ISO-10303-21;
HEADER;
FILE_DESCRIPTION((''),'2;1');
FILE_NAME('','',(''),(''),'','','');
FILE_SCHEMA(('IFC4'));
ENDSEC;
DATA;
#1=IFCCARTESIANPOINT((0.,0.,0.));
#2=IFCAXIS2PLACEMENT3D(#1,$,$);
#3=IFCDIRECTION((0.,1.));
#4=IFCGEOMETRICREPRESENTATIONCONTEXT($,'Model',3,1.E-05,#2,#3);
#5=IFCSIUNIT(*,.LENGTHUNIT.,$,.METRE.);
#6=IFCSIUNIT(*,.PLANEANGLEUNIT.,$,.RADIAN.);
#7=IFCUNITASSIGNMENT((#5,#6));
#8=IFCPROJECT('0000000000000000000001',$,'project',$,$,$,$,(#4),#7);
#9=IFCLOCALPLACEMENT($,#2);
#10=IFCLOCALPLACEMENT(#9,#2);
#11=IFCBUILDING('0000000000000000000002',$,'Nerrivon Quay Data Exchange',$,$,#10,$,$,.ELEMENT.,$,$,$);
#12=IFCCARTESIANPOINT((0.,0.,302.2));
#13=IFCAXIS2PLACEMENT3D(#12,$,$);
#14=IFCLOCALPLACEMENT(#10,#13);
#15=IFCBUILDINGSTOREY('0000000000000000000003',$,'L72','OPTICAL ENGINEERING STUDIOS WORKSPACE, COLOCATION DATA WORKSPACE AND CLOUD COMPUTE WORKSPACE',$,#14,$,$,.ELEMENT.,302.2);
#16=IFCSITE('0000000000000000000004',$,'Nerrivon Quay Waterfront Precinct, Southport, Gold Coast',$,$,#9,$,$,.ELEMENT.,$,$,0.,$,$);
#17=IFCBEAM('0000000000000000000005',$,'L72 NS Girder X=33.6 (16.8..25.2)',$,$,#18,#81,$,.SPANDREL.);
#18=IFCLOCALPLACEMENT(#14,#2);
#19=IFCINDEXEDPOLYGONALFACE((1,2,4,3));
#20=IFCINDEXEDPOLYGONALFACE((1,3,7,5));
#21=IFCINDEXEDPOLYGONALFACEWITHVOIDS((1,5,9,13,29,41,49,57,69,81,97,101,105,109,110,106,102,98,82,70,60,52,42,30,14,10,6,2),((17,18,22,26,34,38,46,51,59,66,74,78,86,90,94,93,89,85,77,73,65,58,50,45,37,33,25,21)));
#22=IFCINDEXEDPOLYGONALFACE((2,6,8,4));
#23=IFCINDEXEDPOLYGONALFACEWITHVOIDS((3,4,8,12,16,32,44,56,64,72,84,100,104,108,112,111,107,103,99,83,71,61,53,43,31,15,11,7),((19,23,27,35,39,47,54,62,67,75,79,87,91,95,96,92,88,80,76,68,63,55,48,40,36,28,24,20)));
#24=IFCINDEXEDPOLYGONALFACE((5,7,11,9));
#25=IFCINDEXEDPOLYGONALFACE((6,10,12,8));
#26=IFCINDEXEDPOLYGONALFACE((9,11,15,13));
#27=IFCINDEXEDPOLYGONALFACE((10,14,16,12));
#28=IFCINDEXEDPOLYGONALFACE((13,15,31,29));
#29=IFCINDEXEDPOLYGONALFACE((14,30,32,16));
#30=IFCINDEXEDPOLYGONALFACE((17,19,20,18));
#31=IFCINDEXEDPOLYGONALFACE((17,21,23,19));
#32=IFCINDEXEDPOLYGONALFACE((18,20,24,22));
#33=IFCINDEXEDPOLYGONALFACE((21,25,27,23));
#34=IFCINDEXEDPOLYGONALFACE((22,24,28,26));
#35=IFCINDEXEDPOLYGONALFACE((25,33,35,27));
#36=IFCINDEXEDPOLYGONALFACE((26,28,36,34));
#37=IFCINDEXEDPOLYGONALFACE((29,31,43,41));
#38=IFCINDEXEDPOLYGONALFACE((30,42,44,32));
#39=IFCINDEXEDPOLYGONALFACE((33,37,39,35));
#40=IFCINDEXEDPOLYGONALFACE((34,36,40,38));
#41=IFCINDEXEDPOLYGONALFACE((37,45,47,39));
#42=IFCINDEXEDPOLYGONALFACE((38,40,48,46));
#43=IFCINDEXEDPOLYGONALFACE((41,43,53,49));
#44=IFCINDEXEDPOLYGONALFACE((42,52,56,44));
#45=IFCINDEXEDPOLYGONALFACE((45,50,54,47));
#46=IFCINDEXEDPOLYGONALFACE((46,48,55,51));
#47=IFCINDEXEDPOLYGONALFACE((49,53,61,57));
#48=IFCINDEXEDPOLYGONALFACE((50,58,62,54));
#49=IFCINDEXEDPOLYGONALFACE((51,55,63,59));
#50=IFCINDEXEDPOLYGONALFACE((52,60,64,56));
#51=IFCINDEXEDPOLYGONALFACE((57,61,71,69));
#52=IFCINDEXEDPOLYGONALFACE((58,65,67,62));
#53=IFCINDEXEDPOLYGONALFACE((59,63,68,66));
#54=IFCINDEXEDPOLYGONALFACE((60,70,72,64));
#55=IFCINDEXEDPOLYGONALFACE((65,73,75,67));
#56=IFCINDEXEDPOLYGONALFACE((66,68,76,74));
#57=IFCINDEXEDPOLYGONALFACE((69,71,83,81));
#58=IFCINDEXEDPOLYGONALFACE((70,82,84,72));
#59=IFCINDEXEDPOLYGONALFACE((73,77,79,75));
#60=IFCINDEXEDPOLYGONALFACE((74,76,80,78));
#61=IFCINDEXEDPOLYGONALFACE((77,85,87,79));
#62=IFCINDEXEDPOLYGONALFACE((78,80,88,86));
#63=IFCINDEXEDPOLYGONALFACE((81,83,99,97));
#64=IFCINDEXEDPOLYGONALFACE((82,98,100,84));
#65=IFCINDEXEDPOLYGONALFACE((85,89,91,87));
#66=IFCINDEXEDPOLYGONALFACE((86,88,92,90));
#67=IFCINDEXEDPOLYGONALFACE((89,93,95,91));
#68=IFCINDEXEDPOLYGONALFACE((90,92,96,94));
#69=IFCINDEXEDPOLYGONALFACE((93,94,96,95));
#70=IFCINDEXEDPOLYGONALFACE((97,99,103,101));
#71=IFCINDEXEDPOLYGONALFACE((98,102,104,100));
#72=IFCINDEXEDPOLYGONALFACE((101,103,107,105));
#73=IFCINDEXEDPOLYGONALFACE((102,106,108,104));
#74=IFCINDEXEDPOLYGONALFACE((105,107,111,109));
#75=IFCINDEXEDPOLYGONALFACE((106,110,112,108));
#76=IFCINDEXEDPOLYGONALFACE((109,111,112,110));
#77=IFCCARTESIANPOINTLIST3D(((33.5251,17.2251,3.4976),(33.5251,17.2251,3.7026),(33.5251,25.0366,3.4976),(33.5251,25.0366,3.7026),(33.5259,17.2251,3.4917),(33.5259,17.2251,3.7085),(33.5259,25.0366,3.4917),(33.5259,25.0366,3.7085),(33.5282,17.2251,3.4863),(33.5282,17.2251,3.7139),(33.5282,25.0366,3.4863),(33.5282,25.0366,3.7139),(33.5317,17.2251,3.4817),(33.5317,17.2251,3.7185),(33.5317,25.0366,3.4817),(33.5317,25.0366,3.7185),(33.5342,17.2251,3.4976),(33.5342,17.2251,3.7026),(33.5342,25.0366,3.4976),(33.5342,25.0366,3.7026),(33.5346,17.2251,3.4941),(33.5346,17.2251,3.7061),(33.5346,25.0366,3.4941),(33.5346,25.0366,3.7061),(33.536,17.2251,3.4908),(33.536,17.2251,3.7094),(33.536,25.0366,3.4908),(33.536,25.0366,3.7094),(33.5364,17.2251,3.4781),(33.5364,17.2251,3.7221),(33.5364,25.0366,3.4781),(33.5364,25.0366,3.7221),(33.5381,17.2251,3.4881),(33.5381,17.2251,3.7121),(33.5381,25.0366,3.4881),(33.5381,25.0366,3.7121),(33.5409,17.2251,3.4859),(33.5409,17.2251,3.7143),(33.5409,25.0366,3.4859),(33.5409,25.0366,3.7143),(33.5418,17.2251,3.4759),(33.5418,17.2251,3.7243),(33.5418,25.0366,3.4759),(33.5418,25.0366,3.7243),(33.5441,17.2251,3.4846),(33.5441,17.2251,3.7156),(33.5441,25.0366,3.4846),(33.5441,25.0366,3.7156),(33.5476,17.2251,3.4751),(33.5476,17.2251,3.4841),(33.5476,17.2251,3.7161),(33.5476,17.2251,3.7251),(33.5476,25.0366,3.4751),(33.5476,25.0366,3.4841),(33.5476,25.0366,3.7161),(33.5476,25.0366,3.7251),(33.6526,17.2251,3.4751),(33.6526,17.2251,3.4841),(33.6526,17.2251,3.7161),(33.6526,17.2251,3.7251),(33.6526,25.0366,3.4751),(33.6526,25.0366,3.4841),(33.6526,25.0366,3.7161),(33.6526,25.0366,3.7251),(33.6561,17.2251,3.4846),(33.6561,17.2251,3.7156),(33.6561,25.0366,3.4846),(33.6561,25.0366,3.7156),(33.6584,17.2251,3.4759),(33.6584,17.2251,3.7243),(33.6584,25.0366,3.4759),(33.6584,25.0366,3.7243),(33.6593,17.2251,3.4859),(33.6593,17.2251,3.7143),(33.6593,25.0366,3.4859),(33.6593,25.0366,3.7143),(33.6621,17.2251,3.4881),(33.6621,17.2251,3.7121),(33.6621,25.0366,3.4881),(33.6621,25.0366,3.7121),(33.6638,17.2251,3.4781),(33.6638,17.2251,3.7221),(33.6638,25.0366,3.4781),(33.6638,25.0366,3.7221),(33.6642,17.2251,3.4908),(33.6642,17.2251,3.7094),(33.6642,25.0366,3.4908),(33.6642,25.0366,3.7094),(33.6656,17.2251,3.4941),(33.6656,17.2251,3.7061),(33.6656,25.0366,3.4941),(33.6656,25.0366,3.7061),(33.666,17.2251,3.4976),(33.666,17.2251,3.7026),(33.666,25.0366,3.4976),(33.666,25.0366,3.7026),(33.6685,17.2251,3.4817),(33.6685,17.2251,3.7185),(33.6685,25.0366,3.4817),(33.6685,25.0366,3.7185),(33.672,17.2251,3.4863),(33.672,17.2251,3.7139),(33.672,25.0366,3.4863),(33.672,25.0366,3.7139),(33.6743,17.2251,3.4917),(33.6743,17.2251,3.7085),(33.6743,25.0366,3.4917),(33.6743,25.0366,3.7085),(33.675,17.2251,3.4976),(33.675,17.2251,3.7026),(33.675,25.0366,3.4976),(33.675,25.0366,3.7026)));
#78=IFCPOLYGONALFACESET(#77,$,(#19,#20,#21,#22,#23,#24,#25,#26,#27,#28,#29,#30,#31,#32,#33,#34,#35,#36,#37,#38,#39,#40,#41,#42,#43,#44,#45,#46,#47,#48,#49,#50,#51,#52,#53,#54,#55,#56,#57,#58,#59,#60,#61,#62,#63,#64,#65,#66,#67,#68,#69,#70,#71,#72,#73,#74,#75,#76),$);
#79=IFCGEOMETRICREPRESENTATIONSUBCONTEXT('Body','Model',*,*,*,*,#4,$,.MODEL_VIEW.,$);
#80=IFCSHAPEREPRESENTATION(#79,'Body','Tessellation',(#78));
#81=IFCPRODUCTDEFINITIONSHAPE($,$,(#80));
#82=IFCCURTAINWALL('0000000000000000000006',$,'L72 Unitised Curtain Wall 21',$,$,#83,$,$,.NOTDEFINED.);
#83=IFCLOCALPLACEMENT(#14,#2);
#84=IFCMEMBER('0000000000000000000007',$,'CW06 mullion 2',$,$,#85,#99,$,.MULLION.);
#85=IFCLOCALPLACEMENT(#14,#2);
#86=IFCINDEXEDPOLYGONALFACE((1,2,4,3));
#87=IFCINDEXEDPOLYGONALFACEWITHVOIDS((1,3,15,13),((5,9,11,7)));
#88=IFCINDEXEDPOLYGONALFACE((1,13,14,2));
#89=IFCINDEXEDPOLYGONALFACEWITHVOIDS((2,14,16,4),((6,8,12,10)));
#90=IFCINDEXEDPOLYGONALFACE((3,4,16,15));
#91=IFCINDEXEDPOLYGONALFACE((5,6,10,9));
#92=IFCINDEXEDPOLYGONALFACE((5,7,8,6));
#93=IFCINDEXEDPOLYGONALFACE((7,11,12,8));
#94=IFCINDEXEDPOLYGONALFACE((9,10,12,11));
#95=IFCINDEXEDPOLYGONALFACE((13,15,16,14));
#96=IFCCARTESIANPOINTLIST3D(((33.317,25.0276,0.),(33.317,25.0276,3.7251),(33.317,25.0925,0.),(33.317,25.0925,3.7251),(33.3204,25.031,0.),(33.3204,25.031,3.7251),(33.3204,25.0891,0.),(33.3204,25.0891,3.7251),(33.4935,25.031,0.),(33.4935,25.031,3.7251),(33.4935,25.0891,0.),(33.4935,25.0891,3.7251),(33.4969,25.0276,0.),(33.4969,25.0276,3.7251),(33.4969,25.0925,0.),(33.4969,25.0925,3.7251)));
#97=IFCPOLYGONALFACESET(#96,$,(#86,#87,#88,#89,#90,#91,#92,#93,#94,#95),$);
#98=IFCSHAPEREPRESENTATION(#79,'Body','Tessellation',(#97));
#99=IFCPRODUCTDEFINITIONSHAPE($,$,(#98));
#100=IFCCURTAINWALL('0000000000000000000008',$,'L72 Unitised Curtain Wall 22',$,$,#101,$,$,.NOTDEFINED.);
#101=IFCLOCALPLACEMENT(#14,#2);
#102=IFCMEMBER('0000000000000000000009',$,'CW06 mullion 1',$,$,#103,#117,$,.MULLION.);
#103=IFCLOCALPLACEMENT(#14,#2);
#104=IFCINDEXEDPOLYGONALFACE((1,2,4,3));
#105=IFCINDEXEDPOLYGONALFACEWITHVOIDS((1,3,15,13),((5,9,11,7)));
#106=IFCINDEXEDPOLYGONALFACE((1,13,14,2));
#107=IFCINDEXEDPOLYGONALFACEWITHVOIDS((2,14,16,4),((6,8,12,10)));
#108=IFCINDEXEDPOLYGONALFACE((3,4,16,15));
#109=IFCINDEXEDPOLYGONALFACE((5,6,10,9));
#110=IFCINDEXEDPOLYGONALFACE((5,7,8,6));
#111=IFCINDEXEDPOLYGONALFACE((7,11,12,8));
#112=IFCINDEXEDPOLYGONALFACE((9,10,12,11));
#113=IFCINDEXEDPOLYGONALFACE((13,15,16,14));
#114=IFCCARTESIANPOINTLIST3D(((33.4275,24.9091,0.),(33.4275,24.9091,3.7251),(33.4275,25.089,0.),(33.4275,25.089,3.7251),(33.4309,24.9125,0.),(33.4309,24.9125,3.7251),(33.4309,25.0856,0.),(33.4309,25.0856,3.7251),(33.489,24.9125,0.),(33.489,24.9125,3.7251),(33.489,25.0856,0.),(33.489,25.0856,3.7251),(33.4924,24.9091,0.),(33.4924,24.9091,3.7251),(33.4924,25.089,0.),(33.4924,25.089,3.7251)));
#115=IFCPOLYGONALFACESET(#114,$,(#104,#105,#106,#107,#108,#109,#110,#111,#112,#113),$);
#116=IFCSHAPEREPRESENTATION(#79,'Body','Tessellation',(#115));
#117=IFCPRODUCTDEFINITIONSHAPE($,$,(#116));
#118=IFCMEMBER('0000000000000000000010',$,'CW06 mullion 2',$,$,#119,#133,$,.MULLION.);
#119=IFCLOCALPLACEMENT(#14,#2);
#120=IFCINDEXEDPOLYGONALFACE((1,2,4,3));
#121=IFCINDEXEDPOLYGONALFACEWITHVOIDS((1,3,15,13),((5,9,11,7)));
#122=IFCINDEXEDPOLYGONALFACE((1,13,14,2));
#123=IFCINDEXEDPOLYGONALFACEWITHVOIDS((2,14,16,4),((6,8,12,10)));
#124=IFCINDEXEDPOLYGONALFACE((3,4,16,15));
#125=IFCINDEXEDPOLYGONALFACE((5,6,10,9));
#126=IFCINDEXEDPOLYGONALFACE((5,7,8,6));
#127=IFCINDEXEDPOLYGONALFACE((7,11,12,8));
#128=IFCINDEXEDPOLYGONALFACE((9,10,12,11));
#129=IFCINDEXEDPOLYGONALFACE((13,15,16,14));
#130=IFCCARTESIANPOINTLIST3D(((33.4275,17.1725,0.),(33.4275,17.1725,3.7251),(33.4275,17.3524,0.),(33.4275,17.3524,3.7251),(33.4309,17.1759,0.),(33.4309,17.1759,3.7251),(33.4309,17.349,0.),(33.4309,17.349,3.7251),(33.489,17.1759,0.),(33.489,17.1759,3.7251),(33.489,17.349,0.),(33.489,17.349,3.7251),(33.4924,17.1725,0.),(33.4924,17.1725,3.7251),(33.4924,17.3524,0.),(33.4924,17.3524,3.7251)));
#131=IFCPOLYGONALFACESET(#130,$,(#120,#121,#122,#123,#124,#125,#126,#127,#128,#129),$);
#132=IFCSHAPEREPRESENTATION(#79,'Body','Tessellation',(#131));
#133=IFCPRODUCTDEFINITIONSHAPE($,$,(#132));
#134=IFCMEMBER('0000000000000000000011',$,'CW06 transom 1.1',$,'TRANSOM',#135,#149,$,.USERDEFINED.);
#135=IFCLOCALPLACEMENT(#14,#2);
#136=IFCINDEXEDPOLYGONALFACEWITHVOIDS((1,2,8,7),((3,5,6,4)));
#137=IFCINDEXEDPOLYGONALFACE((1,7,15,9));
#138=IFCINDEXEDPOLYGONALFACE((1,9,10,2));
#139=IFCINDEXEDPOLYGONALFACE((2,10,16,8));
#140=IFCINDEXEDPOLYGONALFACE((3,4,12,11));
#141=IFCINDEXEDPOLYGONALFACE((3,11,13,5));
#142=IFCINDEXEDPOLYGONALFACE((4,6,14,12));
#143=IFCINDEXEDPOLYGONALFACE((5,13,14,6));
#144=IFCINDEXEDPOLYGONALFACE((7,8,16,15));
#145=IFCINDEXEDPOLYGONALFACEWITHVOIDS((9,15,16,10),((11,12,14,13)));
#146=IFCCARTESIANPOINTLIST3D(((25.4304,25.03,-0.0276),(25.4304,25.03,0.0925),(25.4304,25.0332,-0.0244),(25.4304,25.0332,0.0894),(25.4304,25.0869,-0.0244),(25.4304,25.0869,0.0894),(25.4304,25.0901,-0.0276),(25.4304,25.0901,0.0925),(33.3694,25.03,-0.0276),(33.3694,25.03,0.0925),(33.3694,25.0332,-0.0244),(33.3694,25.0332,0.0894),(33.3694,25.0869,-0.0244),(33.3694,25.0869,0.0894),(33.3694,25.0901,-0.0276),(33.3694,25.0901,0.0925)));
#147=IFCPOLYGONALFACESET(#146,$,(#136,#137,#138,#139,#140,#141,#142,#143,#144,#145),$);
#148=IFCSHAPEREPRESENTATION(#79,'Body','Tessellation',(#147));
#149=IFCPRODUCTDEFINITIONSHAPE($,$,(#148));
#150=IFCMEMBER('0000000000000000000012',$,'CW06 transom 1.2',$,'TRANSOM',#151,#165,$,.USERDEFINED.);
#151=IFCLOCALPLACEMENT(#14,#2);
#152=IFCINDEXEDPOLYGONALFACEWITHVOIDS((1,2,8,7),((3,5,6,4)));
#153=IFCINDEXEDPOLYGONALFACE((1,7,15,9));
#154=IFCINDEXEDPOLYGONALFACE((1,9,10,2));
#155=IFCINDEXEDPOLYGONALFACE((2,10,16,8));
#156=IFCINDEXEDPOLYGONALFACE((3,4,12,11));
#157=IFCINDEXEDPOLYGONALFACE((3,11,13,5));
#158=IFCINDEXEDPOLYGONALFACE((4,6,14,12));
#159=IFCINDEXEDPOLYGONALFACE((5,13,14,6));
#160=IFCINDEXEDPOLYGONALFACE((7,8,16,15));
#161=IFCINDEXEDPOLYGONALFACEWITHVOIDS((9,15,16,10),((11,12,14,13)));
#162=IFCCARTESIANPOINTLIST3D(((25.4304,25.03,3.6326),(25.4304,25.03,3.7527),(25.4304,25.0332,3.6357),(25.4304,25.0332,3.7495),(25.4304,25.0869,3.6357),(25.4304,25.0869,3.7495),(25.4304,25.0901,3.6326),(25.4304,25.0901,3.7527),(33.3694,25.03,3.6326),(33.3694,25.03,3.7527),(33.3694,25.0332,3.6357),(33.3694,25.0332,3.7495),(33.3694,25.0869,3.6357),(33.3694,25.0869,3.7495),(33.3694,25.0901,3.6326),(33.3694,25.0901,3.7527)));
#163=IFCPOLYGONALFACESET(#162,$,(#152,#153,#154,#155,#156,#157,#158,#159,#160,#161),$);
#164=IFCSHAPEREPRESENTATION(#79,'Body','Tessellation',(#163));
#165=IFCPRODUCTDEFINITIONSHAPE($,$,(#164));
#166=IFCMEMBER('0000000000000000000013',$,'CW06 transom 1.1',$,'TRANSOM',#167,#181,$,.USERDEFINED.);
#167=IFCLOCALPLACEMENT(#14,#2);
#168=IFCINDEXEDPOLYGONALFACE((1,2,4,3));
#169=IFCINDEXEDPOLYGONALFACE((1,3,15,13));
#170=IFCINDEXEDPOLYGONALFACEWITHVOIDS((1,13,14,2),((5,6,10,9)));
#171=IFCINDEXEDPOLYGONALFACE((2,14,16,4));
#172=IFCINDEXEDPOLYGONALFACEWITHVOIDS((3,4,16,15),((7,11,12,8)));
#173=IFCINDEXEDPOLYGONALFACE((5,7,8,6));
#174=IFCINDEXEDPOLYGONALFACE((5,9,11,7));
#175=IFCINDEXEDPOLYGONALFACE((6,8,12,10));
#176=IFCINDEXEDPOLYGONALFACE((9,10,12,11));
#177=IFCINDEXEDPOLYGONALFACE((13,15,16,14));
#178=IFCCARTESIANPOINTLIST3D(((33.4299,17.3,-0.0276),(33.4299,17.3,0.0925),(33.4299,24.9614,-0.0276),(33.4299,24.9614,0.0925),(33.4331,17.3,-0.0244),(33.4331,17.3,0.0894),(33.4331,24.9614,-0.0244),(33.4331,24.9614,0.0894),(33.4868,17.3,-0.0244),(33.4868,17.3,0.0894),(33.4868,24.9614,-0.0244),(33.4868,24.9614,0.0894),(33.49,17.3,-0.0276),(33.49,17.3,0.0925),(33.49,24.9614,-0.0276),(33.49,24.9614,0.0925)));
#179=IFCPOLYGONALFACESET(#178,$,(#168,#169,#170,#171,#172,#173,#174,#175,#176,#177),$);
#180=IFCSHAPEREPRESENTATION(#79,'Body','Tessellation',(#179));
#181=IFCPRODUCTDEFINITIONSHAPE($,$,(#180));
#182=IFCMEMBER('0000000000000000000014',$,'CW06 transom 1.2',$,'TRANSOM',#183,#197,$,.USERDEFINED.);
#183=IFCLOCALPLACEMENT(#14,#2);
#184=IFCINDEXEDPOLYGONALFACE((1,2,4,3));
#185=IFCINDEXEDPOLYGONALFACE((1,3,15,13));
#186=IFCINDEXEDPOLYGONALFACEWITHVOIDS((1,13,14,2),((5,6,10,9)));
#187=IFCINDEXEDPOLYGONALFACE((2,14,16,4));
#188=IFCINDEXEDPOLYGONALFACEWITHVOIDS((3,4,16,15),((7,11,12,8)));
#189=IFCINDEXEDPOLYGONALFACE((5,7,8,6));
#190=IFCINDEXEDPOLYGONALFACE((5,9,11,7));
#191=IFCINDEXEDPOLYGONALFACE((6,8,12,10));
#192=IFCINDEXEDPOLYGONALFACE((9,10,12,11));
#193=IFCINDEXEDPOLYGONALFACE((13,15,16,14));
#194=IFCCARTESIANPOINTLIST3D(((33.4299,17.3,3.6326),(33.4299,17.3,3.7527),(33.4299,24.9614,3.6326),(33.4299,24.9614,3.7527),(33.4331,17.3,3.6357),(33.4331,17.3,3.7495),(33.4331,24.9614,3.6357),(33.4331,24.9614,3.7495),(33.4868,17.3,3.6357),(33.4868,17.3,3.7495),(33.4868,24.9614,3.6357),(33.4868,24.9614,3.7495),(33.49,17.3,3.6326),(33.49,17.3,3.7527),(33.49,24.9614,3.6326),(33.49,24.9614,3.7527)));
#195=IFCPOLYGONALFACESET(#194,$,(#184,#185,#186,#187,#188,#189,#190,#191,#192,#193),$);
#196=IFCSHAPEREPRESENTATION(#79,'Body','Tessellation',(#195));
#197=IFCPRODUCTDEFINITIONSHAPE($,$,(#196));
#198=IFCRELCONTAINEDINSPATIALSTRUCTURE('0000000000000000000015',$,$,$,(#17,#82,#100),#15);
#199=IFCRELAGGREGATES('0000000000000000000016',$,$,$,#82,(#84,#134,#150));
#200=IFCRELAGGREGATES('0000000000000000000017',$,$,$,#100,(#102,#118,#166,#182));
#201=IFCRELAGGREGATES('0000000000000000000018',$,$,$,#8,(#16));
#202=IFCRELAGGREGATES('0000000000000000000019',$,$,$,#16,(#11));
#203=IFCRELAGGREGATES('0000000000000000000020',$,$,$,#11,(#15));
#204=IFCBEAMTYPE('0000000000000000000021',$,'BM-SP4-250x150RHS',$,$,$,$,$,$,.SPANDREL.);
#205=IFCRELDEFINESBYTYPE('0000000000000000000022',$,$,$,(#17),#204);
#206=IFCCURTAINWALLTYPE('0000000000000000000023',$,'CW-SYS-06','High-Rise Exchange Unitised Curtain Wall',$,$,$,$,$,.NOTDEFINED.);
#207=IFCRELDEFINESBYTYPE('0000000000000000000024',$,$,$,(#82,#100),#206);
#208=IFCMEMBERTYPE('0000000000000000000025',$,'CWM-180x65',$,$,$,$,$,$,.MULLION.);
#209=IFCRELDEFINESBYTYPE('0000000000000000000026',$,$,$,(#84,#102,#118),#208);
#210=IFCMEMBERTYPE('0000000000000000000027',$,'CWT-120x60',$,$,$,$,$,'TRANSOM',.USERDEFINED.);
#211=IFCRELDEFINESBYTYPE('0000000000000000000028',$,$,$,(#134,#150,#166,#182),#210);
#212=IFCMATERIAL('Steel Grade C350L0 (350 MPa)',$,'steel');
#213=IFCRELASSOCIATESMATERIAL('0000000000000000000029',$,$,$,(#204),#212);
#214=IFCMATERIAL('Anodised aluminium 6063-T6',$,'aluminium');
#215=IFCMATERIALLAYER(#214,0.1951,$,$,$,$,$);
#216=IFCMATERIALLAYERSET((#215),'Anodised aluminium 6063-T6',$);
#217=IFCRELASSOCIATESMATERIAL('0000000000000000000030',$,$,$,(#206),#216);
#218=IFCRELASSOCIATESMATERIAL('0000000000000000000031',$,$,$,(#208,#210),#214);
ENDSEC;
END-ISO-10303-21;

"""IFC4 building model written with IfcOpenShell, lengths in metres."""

from ifc_helpers import new_model, si_unit, direction, frame, origin, origin_2d, place, context, subcontext, project, spatial, hollow_rectangle, extrude, material, layer, layer_set, material_profile, profile_set, type_object, element, aggregate, save


model = new_model("IFC4")

# Units and contexts
model_context = context("Model", 3, precision=1e-05, world=origin(), true_north=direction((0.0, 1.0)))
body_context = subcontext(model_context, "Body", "Model", "MODEL_VIEW")
ifc_project = project(units=[si_unit("LENGTHUNIT", "METRE"), si_unit("PLANEANGLEUNIT", "RADIAN")], contexts=[model_context])

# Site, building, storey
site_placement = place(None, origin())
site = spatial("IfcSite", under=ifc_project, at=site_placement, Name="Nerrivon Quay Waterfront Precinct, Southport, Gold Coast", CompositionType="ELEMENT", RefElevation=0.0)
building_placement = place(site_placement, origin())
building = spatial("IfcBuilding", under=site, at=building_placement, Name="Nerrivon Quay Data Exchange", CompositionType="ELEMENT")
storey_placement = place(building_placement, frame((0.0, 0.0, 302.2)))
storey = spatial("IfcBuildingStorey", under=building, at=storey_placement, Name="L72", Description="OPTICAL ENGINEERING STUDIOS WORKSPACE, COLOCATION DATA WORKSPACE AND CLOUD COMPUTE WORKSPACE", CompositionType="ELEMENT", Elevation=302.2)

# Beam
ifc_material_1 = material(Name="Steel Grade C350L0 (350 MPa)", Category="steel")
ifc_material_profile_1 = material_profile(ifc_material_1, hollow_rectangle(XDim=0.1499, YDim=0.25, WallThickness=0.009, InnerFilletRadius=0.0134, OuterFilletRadius=0.0225, at=origin_2d()), Name="250x150x9.0RHS")
ifc_profile_set_1 = profile_set([ifc_material_profile_1], Name="Steel Grade C350L0 (350 MPa)")
beam_type_1 = type_object("IfcBeamType", Name="BM-SP4-250x150RHS", PredefinedType="SPANDREL", material=ifc_profile_set_1)
beam_1_placement = place(storey_placement, frame((33.6001, 17.2251, 3.6001), z_axis=(0.0, 1.0, 0.0), x_axis=(-1.0, 0.0, 0.0)))
element("IfcBeam", 1, at=beam_1_placement, inside=storey, type_object=beam_type_1, Name="L72 NS Girder X=33.6 (16.8..25.2)", PredefinedType="SPANDREL", context=body_context, shape_type="SweptSolid", body=[
    extrude(hollow_rectangle(XDim=0.1499, YDim=0.25, WallThickness=0.009, InnerFilletRadius=0.0134, OuterFilletRadius=0.0225, at=origin_2d()), origin(), (0.0, 0.0, 1.0), 7.8115),
])

# Curtain wall, member
ifc_material_2 = material(Name="Anodised aluminium 6063-T6", Category="aluminium")
ifc_layer_1 = layer(ifc_material_2, 0.1951)
ifc_layer_set_1 = layer_set([ifc_layer_1], Name="Anodised aluminium 6063-T6")
curtain_wall_type = type_object("IfcCurtainWallType", Name="CW-SYS-06", Description="High-Rise Exchange Unitised Curtain Wall", PredefinedType="NOTDEFINED", material=ifc_layer_set_1)
curtain_wall_1_placement = place(storey_placement, origin())
curtain_wall_1 = element("IfcCurtainWall", 2, at=curtain_wall_1_placement, inside=storey, type_object=curtain_wall_type, Name="L72 Unitised Curtain Wall 21", PredefinedType="NOTDEFINED")
ifc_material_profile_2 = material_profile(ifc_material_2, hollow_rectangle(XDim=0.0649, YDim=0.1799, WallThickness=0.0034, at=origin_2d()), Name="ALU-MULL-180x65")
ifc_profile_set_2 = profile_set([ifc_material_profile_2], Name="Anodised aluminium 6063-T6")
member_type_1 = type_object("IfcMemberType", Name="CWM-180x65", PredefinedType="MULLION", material=ifc_profile_set_2)
member_1_placement = place(storey_placement, frame((33.407, 25.0601, 0.0), z_axis=(0.0, 0.0, 1.0), x_axis=(0.0, 1.0, 0.0)))
member_1 = element("IfcMember", 3, at=member_1_placement, type_object=member_type_1, Name="CW06 mullion 2", PredefinedType="MULLION", context=body_context, shape_type="SweptSolid", body=[
    extrude(hollow_rectangle(XDim=0.0649, YDim=0.1799, WallThickness=0.0034, at=origin_2d()), origin(), (0.0, 0.0, 1.0), 3.7251),
])

# Curtain wall, members
curtain_wall_2_placement = place(storey_placement, origin())
curtain_wall_2 = element("IfcCurtainWall", 4, at=curtain_wall_2_placement, inside=storey, type_object=curtain_wall_type, Name="L72 Unitised Curtain Wall 22", PredefinedType="NOTDEFINED")
member_2_placement = place(storey_placement, frame((33.46, 24.999, 0.0), z_axis=(0.0, 0.0, 1.0), x_axis=(1.0, 0.0, 0.0)))
member_2 = element("IfcMember", 5, at=member_2_placement, type_object=member_type_1, Name="CW06 mullion 1", PredefinedType="MULLION", context=body_context, shape_type="SweptSolid", body=[
    extrude(hollow_rectangle(XDim=0.0649, YDim=0.1799, WallThickness=0.0034, at=origin_2d()), origin(), (0.0, 0.0, 1.0), 3.7251),
])
member_3_placement = place(storey_placement, frame((33.46, 17.2625, 0.0), z_axis=(0.0, 0.0, 1.0), x_axis=(1.0, 0.0, 0.0)))
member_3 = element("IfcMember", 6, at=member_3_placement, type_object=member_type_1, Name="CW06 mullion 2", PredefinedType="MULLION", context=body_context, shape_type="SweptSolid", body=[
    extrude(hollow_rectangle(XDim=0.0649, YDim=0.1799, WallThickness=0.0034, at=origin_2d()), origin(), (0.0, 0.0, 1.0), 3.7251),
])

# Members
ifc_material_profile_3 = material_profile(ifc_material_2, hollow_rectangle(XDim=0.0601, YDim=0.1201, WallThickness=0.0032, at=origin_2d()), Name="ALU-TRAN-120x60")
ifc_profile_set_3 = profile_set([ifc_material_profile_3], Name="Anodised aluminium 6063-T6")
member_type_2 = type_object("IfcMemberType", Name="CWT-120x60", ElementType="TRANSOM", PredefinedType="USERDEFINED", material=ifc_profile_set_3)
member_4_placement = place(storey_placement, frame((25.4304, 25.0601, 0.0325), z_axis=(1.0, 0.0, 0.0), x_axis=(0.0, 1.0, 0.0)))
member_4 = element("IfcMember", 7, at=member_4_placement, type_object=member_type_2, Name="CW06 transom 1.1", ObjectType="TRANSOM", PredefinedType="USERDEFINED", context=body_context, shape_type="SweptSolid", body=[
    extrude(hollow_rectangle(XDim=0.0601, YDim=0.1201, WallThickness=0.0032, at=origin_2d()), origin(), (0.0, 0.0, 1.0), 7.939),
])
member_5_placement = place(storey_placement, frame((25.4304, 25.0601, 3.6926), z_axis=(1.0, 0.0, 0.0), x_axis=(0.0, 1.0, 0.0)))
member_5 = element("IfcMember", 8, at=member_5_placement, type_object=member_type_2, Name="CW06 transom 1.2", ObjectType="TRANSOM", PredefinedType="USERDEFINED", context=body_context, shape_type="SweptSolid", body=[
    extrude(hollow_rectangle(XDim=0.0601, YDim=0.1201, WallThickness=0.0032, at=origin_2d()), origin(), (0.0, 0.0, 1.0), 7.939),
])
member_6_placement = place(storey_placement, frame((33.46, 24.9614, 0.0325), z_axis=(0.0, -1.0, 0.0), x_axis=(1.0, 0.0, 0.0)))
member_6 = element("IfcMember", 9, at=member_6_placement, type_object=member_type_2, Name="CW06 transom 1.1", ObjectType="TRANSOM", PredefinedType="USERDEFINED", context=body_context, shape_type="SweptSolid", body=[
    extrude(hollow_rectangle(XDim=0.0601, YDim=0.1201, WallThickness=0.0032, at=origin_2d()), origin(), (0.0, 0.0, 1.0), 7.6614),
])
member_7_placement = place(storey_placement, frame((33.46, 24.9614, 3.6926), z_axis=(0.0, -1.0, 0.0), x_axis=(1.0, 0.0, 0.0)))
member_7 = element("IfcMember", 10, at=member_7_placement, type_object=member_type_2, Name="CW06 transom 1.2", ObjectType="TRANSOM", PredefinedType="USERDEFINED", context=body_context, shape_type="SweptSolid", body=[
    extrude(hollow_rectangle(XDim=0.0601, YDim=0.1201, WallThickness=0.0032, at=origin_2d()), origin(), (0.0, 0.0, 1.0), 7.6614),
])

aggregate(curtain_wall_1, [member_1, member_4, member_5])
aggregate(curtain_wall_2, [member_2, member_3, member_6, member_7])

save(model, "model.ifc")
